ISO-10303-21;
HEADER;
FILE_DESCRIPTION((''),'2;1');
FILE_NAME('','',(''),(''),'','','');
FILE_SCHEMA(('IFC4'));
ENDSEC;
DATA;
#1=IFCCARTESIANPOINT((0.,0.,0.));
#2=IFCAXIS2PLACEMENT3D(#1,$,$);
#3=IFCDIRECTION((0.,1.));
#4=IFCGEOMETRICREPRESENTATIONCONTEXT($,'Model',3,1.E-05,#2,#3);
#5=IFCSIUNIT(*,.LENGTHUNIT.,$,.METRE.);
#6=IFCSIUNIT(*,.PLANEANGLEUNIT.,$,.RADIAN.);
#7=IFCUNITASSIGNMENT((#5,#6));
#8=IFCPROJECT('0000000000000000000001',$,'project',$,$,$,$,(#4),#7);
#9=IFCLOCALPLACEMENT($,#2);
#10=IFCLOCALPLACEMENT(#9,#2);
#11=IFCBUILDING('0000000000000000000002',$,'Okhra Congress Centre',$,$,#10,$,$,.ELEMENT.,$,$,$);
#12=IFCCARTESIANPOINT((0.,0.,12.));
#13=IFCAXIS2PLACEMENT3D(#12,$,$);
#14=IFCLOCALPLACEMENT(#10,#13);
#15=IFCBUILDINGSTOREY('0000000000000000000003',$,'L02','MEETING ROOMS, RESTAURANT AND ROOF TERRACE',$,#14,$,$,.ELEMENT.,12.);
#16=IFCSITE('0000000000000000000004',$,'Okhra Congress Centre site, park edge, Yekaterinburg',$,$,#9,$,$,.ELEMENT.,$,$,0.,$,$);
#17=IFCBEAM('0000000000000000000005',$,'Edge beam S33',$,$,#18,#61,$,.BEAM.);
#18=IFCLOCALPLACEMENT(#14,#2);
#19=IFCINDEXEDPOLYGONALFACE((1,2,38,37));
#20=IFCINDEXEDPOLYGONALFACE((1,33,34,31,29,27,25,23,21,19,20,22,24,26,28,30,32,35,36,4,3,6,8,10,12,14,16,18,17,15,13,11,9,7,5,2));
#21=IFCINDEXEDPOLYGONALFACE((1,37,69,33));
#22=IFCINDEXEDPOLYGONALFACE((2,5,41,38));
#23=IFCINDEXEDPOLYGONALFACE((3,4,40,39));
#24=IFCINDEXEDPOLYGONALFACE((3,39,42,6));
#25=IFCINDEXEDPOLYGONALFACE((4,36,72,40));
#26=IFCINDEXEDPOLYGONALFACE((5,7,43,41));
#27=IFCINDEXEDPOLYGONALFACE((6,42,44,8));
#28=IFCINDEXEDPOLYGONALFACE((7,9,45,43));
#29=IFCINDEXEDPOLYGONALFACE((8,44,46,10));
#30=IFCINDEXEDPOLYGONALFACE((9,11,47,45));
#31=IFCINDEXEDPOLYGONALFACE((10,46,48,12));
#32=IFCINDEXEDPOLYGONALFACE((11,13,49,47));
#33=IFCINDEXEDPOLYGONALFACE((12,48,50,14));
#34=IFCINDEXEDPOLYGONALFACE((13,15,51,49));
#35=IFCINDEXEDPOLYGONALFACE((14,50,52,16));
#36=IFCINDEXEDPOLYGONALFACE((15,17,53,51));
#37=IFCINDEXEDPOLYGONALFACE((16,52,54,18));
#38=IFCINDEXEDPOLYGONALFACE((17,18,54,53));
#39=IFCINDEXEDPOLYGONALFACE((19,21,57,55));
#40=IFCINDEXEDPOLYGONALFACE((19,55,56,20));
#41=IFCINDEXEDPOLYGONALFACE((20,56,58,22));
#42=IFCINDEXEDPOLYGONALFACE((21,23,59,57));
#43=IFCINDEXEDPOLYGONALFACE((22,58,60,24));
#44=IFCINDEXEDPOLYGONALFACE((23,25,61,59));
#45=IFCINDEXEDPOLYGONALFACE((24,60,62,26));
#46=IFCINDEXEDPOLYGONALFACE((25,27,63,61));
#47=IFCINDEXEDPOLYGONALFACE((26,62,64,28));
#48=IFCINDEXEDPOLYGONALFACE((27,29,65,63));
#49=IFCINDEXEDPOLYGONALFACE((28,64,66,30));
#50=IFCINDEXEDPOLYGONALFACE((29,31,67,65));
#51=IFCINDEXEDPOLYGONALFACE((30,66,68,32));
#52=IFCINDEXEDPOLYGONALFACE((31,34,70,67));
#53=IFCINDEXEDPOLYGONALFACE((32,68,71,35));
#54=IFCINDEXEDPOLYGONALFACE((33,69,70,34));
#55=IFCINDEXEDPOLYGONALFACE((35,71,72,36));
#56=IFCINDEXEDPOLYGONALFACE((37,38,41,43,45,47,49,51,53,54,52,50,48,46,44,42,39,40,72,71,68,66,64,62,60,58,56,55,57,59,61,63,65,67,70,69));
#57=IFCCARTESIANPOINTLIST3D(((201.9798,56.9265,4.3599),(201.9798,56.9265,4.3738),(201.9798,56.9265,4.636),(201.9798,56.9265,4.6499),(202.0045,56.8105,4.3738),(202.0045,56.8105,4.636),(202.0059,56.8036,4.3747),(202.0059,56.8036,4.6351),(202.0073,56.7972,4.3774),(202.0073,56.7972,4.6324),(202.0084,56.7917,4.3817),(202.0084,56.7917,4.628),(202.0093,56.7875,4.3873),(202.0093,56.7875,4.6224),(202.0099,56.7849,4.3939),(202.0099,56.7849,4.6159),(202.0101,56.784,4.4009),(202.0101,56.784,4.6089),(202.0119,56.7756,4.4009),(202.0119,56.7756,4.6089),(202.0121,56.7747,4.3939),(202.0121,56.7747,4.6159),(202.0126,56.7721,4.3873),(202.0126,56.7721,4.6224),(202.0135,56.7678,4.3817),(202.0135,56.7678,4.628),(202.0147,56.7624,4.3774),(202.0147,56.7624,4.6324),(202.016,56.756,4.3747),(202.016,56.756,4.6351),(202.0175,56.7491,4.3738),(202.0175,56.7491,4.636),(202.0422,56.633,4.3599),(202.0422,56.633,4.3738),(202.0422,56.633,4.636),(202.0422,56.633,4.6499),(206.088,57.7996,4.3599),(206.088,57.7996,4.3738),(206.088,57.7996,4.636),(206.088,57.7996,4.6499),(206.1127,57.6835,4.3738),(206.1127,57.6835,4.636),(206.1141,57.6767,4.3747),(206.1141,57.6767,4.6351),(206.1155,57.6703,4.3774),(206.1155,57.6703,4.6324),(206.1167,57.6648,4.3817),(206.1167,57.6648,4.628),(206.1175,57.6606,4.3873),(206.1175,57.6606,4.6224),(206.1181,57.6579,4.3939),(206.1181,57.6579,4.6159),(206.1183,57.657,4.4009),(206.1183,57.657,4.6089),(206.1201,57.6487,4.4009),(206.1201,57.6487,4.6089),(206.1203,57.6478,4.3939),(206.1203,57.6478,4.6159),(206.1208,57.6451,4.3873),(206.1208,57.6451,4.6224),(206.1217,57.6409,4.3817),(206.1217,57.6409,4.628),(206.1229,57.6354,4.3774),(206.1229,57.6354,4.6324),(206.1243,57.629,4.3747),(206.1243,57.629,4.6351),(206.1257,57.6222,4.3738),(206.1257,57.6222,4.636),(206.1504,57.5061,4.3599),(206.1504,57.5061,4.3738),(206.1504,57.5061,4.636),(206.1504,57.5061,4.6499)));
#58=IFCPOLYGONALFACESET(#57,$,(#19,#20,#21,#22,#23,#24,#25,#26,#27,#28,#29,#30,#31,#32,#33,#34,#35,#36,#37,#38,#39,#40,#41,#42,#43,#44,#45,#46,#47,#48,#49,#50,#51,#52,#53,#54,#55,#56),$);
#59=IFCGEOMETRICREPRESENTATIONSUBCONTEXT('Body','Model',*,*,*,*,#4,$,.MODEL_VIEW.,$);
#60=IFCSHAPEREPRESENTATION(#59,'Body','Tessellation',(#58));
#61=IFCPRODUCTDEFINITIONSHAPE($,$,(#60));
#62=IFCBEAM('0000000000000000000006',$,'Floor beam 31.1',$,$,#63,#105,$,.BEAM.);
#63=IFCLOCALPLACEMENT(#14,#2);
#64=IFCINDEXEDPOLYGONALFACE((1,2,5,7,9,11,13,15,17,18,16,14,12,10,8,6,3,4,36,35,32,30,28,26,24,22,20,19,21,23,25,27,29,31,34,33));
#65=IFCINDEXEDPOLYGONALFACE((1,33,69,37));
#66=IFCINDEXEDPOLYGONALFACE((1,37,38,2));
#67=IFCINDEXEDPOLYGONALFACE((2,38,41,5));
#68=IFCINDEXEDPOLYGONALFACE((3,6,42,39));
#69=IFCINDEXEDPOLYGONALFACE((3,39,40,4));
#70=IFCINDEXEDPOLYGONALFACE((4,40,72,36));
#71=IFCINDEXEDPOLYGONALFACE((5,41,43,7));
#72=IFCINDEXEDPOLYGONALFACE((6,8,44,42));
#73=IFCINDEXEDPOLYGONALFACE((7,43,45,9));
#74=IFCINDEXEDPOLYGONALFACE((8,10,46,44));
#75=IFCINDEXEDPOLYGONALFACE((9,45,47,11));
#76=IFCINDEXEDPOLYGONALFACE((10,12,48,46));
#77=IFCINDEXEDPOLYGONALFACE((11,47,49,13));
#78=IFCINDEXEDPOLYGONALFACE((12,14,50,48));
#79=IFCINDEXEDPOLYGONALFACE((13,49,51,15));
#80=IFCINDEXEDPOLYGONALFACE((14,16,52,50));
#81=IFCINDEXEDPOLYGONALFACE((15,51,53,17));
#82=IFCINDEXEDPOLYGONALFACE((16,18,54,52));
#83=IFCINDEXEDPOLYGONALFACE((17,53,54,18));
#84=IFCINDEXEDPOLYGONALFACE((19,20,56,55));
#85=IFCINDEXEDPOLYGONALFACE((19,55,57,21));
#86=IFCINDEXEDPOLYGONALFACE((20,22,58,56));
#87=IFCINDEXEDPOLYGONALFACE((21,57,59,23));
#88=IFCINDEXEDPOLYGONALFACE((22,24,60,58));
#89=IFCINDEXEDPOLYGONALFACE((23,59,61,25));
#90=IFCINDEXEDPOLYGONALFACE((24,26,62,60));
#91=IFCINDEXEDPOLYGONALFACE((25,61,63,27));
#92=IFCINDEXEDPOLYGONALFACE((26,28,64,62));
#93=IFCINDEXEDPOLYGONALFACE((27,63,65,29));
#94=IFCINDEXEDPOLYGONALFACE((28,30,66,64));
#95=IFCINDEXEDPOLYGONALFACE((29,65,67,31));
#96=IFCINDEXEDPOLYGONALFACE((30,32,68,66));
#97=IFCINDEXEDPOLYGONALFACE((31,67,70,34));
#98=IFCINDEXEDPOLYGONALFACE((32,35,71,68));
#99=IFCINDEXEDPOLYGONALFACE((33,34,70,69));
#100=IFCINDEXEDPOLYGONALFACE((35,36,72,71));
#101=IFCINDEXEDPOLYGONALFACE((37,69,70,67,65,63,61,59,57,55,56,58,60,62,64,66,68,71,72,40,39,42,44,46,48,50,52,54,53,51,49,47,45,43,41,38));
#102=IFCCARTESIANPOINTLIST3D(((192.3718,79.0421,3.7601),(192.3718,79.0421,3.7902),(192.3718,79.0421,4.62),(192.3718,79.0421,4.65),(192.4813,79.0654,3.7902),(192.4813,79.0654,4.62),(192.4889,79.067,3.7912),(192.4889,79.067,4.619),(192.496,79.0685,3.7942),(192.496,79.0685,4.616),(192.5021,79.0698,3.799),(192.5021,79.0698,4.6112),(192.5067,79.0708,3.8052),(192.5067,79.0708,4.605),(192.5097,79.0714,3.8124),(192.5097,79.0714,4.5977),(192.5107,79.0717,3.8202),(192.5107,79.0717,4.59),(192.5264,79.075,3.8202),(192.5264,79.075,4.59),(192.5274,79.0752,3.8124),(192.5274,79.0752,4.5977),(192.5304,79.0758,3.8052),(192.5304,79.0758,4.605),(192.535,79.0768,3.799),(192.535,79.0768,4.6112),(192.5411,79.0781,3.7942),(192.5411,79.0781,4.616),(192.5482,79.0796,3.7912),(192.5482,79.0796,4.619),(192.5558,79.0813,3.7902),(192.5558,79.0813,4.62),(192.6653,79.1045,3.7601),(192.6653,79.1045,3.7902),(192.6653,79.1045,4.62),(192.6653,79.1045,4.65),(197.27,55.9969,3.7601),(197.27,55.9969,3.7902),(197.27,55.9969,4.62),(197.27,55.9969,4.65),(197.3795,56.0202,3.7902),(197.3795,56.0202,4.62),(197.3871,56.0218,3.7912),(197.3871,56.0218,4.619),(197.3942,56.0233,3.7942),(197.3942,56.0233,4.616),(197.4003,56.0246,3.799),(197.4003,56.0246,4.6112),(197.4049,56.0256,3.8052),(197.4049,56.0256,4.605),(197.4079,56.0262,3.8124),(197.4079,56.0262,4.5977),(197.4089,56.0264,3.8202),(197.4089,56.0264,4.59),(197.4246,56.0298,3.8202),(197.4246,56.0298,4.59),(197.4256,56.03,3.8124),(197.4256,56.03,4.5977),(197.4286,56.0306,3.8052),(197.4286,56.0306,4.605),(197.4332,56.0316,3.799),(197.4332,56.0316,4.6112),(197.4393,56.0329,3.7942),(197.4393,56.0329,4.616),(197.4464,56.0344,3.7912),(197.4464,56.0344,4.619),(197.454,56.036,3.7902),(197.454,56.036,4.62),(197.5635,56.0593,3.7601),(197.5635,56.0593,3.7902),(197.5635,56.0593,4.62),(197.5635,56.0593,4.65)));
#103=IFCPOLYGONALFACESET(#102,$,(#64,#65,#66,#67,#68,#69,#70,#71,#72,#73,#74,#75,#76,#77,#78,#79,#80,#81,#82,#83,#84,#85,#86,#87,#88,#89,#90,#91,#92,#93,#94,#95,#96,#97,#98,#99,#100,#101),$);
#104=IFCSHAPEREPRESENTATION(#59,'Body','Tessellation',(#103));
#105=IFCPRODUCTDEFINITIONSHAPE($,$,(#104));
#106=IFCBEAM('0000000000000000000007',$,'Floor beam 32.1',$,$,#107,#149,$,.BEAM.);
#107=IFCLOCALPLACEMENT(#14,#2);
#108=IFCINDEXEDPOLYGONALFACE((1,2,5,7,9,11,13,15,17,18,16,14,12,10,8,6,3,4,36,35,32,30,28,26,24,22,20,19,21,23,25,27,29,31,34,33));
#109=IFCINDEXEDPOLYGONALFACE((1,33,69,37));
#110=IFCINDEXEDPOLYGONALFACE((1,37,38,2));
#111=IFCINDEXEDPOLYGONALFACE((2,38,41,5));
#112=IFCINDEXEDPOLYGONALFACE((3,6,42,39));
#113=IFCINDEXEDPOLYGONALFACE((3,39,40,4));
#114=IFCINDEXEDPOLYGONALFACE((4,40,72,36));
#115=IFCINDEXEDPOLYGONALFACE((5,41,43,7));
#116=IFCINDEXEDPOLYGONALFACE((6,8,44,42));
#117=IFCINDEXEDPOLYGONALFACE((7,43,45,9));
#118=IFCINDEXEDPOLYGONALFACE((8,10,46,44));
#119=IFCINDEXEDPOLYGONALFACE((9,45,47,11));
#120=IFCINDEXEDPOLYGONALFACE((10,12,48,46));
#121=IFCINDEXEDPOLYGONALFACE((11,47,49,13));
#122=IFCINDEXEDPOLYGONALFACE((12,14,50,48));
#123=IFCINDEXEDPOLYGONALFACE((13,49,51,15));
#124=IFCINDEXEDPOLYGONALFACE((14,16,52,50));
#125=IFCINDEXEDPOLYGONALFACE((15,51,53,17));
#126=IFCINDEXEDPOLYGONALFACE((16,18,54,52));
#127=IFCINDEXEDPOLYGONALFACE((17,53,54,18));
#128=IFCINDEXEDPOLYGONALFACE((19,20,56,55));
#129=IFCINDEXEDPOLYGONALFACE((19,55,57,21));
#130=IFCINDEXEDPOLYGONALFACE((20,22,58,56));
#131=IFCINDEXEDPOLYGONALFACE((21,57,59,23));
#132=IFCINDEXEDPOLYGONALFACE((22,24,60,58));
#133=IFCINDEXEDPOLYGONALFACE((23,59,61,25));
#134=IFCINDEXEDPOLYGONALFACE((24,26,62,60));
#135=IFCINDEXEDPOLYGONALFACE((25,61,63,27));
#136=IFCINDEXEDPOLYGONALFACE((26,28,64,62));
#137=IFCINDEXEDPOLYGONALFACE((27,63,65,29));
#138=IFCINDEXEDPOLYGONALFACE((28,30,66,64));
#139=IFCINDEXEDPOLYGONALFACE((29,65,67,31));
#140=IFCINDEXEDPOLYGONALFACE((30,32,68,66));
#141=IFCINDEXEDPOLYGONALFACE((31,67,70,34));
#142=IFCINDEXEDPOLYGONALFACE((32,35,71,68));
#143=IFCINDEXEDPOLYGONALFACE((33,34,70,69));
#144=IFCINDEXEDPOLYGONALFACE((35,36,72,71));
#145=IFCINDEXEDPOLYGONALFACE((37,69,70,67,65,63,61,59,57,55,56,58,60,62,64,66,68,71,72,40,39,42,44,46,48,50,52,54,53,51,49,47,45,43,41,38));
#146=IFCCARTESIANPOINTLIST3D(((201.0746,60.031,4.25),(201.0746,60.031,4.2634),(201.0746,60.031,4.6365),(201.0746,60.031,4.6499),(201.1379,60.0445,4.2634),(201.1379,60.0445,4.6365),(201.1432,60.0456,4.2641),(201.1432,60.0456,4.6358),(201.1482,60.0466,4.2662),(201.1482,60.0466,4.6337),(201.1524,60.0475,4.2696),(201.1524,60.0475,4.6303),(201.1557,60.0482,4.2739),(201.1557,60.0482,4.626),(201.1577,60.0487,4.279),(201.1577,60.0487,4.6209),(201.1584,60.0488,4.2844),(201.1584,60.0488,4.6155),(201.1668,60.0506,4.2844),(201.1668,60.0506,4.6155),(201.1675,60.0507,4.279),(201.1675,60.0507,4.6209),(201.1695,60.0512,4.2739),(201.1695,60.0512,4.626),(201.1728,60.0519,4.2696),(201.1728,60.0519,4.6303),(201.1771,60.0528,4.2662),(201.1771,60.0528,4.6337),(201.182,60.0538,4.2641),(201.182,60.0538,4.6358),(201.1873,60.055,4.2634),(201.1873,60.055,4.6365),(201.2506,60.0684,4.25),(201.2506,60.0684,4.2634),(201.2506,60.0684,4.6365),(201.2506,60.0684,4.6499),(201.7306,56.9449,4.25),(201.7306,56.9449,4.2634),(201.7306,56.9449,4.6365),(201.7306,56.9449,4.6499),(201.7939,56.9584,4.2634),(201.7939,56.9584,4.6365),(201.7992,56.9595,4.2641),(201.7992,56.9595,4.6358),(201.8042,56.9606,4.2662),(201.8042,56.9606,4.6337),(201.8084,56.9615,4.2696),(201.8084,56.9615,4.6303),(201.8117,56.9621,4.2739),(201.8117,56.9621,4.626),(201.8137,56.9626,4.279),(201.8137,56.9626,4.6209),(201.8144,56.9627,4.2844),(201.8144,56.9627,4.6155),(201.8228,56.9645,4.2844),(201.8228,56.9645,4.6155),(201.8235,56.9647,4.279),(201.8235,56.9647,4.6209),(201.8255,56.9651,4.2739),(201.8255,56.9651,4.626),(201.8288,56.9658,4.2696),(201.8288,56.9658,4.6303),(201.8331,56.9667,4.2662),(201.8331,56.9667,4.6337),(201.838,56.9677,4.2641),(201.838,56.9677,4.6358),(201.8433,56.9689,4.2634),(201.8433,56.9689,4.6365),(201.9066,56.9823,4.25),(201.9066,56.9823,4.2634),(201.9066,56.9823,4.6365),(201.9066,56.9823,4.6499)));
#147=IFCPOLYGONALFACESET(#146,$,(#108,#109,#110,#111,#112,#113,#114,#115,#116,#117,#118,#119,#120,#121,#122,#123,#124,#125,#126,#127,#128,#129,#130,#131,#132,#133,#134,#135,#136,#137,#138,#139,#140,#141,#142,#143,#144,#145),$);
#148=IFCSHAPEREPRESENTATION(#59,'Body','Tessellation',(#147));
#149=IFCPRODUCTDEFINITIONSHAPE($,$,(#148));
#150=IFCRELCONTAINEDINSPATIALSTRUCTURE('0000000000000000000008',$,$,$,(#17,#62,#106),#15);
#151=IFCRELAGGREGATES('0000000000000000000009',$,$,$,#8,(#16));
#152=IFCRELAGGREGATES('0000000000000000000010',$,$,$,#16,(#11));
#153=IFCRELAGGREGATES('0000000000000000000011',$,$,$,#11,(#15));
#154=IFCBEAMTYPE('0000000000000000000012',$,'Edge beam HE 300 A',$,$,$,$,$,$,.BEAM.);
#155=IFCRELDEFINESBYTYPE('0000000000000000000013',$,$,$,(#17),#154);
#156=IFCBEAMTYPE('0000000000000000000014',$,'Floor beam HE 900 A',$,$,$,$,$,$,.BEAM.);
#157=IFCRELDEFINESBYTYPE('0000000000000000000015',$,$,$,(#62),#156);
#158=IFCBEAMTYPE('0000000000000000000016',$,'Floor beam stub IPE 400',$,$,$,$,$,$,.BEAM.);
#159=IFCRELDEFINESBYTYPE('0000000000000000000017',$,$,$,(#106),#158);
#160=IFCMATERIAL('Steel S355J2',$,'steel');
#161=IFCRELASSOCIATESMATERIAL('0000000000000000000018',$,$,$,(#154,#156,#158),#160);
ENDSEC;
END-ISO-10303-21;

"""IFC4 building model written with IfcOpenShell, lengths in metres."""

from ifc_helpers import new_model, si_unit, direction, frame, origin, origin_2d, place, context, subcontext, project, spatial, i_section, extrude, material, material_profile, profile_set, type_object, element, save


model = new_model("IFC4")

# Units and contexts
model_context = context("Model", 3, precision=1e-05, world=origin(), true_north=direction((0.0, 1.0)))
body_context = subcontext(model_context, "Body", "Model", "MODEL_VIEW")
ifc_project = project(units=[si_unit("LENGTHUNIT", "METRE"), si_unit("PLANEANGLEUNIT", "RADIAN")], contexts=[model_context])

# Site, building, storey
site_placement = place(None, origin())
site = spatial("IfcSite", under=ifc_project, at=site_placement, Name="Okhra Congress Centre site, park edge, Yekaterinburg", CompositionType="ELEMENT", RefElevation=0.0)
building_placement = place(site_placement, origin())
building = spatial("IfcBuilding", under=site, at=building_placement, Name="Okhra Congress Centre", CompositionType="ELEMENT")
storey_placement = place(building_placement, frame((0.0, 0.0, 12.0)))
storey = spatial("IfcBuildingStorey", under=building, at=storey_placement, Name="L02", Description="MEETING ROOMS, RESTAURANT AND ROOF TERRACE", CompositionType="ELEMENT", Elevation=12.0)

# Shared definitions
ifc_material_1 = material(Name="Steel S355J2", Category="steel")

# Beams
ifc_material_profile_1 = material_profile(ifc_material_1, i_section(OverallWidth=0.3, OverallDepth=0.29, WebThickness=0.0085, FlangeThickness=0.0139, FilletRadius=0.0271, at=origin_2d()), Name="HE 300 A")
ifc_profile_set_1 = profile_set([ifc_material_profile_1], Name="Steel S355J2")
beam_type_1 = type_object("IfcBeamType", Name="Edge beam HE 300 A", PredefinedType="BEAM", material=ifc_profile_set_1)
for number, where, z_axis, x_axis, name in (
    (1, (202.011, 56.7798, 4.5049), (0.978156, 0.207873, 0.0), (-0.207873, 0.978156, 0.0), "Edge beam S33"),
):
    element("IfcBeam", number, at=place(storey_placement, frame(where, z_axis=z_axis, x_axis=x_axis)), inside=storey, type_object=beam_type_1, Name=name, PredefinedType="BEAM", context=body_context, shape_type="SweptSolid", body=[
        extrude(i_section(OverallWidth=0.3, OverallDepth=0.29, WebThickness=0.0085, FlangeThickness=0.0139, FilletRadius=0.0271, at=origin_2d()), origin(), (0.0, 0.0, 1.0), 4.2),
    ])
ifc_material_profile_2 = material_profile(ifc_material_1, i_section(OverallWidth=0.3, OverallDepth=0.8899, WebThickness=0.0161, FlangeThickness=0.03, FilletRadius=0.03, at=origin_2d()), Name="HE 900 A")
ifc_profile_set_2 = profile_set([ifc_material_profile_2], Name="Steel S355J2")
beam_type_2 = type_object("IfcBeamType", Name="Floor beam HE 900 A", PredefinedType="BEAM", material=ifc_profile_set_2)
beam_1_placement = place(storey_placement, frame((197.4167, 56.0281, 4.2051), z_axis=(-0.207903, 0.978149, 0.0), x_axis=(-0.978149, -0.207903, 0.0)))
element("IfcBeam", 2, at=beam_1_placement, inside=storey, type_object=beam_type_2, Name="Floor beam 31.1", PredefinedType="BEAM", context=body_context, shape_type="SweptSolid", body=[
    extrude(i_section(OverallWidth=0.3, OverallDepth=0.8899, WebThickness=0.0161, FlangeThickness=0.03, FilletRadius=0.03, at=origin_2d()), origin(), (0.0, 0.0, 1.0), 23.5601),
])
ifc_material_profile_3 = material_profile(ifc_material_1, i_section(OverallWidth=0.1799, OverallDepth=0.3999, WebThickness=0.0085, FlangeThickness=0.0134, FilletRadius=0.021, at=origin_2d()), Name="IPE 400")
ifc_profile_set_3 = profile_set([ifc_material_profile_3], Name="Steel S355J2")
beam_type_3 = type_object("IfcBeamType", Name="Floor beam stub IPE 400", PredefinedType="BEAM", material=ifc_profile_set_3)
beam_2_placement = place(storey_placement, frame((201.8186, 56.9636, 4.45), z_axis=(-0.207917, 0.978146, 0.0), x_axis=(-0.978146, -0.207917, 0.0)))
element("IfcBeam", 3, at=beam_2_placement, inside=storey, type_object=beam_type_3, Name="Floor beam 32.1", PredefinedType="BEAM", context=body_context, shape_type="SweptSolid", body=[
    extrude(i_section(OverallWidth=0.1799, OverallDepth=0.3999, WebThickness=0.0085, FlangeThickness=0.0134, FilletRadius=0.021, at=origin_2d()), origin(), (0.0, 0.0, 1.0), 3.155),
])

save(model, "model.ifc")
